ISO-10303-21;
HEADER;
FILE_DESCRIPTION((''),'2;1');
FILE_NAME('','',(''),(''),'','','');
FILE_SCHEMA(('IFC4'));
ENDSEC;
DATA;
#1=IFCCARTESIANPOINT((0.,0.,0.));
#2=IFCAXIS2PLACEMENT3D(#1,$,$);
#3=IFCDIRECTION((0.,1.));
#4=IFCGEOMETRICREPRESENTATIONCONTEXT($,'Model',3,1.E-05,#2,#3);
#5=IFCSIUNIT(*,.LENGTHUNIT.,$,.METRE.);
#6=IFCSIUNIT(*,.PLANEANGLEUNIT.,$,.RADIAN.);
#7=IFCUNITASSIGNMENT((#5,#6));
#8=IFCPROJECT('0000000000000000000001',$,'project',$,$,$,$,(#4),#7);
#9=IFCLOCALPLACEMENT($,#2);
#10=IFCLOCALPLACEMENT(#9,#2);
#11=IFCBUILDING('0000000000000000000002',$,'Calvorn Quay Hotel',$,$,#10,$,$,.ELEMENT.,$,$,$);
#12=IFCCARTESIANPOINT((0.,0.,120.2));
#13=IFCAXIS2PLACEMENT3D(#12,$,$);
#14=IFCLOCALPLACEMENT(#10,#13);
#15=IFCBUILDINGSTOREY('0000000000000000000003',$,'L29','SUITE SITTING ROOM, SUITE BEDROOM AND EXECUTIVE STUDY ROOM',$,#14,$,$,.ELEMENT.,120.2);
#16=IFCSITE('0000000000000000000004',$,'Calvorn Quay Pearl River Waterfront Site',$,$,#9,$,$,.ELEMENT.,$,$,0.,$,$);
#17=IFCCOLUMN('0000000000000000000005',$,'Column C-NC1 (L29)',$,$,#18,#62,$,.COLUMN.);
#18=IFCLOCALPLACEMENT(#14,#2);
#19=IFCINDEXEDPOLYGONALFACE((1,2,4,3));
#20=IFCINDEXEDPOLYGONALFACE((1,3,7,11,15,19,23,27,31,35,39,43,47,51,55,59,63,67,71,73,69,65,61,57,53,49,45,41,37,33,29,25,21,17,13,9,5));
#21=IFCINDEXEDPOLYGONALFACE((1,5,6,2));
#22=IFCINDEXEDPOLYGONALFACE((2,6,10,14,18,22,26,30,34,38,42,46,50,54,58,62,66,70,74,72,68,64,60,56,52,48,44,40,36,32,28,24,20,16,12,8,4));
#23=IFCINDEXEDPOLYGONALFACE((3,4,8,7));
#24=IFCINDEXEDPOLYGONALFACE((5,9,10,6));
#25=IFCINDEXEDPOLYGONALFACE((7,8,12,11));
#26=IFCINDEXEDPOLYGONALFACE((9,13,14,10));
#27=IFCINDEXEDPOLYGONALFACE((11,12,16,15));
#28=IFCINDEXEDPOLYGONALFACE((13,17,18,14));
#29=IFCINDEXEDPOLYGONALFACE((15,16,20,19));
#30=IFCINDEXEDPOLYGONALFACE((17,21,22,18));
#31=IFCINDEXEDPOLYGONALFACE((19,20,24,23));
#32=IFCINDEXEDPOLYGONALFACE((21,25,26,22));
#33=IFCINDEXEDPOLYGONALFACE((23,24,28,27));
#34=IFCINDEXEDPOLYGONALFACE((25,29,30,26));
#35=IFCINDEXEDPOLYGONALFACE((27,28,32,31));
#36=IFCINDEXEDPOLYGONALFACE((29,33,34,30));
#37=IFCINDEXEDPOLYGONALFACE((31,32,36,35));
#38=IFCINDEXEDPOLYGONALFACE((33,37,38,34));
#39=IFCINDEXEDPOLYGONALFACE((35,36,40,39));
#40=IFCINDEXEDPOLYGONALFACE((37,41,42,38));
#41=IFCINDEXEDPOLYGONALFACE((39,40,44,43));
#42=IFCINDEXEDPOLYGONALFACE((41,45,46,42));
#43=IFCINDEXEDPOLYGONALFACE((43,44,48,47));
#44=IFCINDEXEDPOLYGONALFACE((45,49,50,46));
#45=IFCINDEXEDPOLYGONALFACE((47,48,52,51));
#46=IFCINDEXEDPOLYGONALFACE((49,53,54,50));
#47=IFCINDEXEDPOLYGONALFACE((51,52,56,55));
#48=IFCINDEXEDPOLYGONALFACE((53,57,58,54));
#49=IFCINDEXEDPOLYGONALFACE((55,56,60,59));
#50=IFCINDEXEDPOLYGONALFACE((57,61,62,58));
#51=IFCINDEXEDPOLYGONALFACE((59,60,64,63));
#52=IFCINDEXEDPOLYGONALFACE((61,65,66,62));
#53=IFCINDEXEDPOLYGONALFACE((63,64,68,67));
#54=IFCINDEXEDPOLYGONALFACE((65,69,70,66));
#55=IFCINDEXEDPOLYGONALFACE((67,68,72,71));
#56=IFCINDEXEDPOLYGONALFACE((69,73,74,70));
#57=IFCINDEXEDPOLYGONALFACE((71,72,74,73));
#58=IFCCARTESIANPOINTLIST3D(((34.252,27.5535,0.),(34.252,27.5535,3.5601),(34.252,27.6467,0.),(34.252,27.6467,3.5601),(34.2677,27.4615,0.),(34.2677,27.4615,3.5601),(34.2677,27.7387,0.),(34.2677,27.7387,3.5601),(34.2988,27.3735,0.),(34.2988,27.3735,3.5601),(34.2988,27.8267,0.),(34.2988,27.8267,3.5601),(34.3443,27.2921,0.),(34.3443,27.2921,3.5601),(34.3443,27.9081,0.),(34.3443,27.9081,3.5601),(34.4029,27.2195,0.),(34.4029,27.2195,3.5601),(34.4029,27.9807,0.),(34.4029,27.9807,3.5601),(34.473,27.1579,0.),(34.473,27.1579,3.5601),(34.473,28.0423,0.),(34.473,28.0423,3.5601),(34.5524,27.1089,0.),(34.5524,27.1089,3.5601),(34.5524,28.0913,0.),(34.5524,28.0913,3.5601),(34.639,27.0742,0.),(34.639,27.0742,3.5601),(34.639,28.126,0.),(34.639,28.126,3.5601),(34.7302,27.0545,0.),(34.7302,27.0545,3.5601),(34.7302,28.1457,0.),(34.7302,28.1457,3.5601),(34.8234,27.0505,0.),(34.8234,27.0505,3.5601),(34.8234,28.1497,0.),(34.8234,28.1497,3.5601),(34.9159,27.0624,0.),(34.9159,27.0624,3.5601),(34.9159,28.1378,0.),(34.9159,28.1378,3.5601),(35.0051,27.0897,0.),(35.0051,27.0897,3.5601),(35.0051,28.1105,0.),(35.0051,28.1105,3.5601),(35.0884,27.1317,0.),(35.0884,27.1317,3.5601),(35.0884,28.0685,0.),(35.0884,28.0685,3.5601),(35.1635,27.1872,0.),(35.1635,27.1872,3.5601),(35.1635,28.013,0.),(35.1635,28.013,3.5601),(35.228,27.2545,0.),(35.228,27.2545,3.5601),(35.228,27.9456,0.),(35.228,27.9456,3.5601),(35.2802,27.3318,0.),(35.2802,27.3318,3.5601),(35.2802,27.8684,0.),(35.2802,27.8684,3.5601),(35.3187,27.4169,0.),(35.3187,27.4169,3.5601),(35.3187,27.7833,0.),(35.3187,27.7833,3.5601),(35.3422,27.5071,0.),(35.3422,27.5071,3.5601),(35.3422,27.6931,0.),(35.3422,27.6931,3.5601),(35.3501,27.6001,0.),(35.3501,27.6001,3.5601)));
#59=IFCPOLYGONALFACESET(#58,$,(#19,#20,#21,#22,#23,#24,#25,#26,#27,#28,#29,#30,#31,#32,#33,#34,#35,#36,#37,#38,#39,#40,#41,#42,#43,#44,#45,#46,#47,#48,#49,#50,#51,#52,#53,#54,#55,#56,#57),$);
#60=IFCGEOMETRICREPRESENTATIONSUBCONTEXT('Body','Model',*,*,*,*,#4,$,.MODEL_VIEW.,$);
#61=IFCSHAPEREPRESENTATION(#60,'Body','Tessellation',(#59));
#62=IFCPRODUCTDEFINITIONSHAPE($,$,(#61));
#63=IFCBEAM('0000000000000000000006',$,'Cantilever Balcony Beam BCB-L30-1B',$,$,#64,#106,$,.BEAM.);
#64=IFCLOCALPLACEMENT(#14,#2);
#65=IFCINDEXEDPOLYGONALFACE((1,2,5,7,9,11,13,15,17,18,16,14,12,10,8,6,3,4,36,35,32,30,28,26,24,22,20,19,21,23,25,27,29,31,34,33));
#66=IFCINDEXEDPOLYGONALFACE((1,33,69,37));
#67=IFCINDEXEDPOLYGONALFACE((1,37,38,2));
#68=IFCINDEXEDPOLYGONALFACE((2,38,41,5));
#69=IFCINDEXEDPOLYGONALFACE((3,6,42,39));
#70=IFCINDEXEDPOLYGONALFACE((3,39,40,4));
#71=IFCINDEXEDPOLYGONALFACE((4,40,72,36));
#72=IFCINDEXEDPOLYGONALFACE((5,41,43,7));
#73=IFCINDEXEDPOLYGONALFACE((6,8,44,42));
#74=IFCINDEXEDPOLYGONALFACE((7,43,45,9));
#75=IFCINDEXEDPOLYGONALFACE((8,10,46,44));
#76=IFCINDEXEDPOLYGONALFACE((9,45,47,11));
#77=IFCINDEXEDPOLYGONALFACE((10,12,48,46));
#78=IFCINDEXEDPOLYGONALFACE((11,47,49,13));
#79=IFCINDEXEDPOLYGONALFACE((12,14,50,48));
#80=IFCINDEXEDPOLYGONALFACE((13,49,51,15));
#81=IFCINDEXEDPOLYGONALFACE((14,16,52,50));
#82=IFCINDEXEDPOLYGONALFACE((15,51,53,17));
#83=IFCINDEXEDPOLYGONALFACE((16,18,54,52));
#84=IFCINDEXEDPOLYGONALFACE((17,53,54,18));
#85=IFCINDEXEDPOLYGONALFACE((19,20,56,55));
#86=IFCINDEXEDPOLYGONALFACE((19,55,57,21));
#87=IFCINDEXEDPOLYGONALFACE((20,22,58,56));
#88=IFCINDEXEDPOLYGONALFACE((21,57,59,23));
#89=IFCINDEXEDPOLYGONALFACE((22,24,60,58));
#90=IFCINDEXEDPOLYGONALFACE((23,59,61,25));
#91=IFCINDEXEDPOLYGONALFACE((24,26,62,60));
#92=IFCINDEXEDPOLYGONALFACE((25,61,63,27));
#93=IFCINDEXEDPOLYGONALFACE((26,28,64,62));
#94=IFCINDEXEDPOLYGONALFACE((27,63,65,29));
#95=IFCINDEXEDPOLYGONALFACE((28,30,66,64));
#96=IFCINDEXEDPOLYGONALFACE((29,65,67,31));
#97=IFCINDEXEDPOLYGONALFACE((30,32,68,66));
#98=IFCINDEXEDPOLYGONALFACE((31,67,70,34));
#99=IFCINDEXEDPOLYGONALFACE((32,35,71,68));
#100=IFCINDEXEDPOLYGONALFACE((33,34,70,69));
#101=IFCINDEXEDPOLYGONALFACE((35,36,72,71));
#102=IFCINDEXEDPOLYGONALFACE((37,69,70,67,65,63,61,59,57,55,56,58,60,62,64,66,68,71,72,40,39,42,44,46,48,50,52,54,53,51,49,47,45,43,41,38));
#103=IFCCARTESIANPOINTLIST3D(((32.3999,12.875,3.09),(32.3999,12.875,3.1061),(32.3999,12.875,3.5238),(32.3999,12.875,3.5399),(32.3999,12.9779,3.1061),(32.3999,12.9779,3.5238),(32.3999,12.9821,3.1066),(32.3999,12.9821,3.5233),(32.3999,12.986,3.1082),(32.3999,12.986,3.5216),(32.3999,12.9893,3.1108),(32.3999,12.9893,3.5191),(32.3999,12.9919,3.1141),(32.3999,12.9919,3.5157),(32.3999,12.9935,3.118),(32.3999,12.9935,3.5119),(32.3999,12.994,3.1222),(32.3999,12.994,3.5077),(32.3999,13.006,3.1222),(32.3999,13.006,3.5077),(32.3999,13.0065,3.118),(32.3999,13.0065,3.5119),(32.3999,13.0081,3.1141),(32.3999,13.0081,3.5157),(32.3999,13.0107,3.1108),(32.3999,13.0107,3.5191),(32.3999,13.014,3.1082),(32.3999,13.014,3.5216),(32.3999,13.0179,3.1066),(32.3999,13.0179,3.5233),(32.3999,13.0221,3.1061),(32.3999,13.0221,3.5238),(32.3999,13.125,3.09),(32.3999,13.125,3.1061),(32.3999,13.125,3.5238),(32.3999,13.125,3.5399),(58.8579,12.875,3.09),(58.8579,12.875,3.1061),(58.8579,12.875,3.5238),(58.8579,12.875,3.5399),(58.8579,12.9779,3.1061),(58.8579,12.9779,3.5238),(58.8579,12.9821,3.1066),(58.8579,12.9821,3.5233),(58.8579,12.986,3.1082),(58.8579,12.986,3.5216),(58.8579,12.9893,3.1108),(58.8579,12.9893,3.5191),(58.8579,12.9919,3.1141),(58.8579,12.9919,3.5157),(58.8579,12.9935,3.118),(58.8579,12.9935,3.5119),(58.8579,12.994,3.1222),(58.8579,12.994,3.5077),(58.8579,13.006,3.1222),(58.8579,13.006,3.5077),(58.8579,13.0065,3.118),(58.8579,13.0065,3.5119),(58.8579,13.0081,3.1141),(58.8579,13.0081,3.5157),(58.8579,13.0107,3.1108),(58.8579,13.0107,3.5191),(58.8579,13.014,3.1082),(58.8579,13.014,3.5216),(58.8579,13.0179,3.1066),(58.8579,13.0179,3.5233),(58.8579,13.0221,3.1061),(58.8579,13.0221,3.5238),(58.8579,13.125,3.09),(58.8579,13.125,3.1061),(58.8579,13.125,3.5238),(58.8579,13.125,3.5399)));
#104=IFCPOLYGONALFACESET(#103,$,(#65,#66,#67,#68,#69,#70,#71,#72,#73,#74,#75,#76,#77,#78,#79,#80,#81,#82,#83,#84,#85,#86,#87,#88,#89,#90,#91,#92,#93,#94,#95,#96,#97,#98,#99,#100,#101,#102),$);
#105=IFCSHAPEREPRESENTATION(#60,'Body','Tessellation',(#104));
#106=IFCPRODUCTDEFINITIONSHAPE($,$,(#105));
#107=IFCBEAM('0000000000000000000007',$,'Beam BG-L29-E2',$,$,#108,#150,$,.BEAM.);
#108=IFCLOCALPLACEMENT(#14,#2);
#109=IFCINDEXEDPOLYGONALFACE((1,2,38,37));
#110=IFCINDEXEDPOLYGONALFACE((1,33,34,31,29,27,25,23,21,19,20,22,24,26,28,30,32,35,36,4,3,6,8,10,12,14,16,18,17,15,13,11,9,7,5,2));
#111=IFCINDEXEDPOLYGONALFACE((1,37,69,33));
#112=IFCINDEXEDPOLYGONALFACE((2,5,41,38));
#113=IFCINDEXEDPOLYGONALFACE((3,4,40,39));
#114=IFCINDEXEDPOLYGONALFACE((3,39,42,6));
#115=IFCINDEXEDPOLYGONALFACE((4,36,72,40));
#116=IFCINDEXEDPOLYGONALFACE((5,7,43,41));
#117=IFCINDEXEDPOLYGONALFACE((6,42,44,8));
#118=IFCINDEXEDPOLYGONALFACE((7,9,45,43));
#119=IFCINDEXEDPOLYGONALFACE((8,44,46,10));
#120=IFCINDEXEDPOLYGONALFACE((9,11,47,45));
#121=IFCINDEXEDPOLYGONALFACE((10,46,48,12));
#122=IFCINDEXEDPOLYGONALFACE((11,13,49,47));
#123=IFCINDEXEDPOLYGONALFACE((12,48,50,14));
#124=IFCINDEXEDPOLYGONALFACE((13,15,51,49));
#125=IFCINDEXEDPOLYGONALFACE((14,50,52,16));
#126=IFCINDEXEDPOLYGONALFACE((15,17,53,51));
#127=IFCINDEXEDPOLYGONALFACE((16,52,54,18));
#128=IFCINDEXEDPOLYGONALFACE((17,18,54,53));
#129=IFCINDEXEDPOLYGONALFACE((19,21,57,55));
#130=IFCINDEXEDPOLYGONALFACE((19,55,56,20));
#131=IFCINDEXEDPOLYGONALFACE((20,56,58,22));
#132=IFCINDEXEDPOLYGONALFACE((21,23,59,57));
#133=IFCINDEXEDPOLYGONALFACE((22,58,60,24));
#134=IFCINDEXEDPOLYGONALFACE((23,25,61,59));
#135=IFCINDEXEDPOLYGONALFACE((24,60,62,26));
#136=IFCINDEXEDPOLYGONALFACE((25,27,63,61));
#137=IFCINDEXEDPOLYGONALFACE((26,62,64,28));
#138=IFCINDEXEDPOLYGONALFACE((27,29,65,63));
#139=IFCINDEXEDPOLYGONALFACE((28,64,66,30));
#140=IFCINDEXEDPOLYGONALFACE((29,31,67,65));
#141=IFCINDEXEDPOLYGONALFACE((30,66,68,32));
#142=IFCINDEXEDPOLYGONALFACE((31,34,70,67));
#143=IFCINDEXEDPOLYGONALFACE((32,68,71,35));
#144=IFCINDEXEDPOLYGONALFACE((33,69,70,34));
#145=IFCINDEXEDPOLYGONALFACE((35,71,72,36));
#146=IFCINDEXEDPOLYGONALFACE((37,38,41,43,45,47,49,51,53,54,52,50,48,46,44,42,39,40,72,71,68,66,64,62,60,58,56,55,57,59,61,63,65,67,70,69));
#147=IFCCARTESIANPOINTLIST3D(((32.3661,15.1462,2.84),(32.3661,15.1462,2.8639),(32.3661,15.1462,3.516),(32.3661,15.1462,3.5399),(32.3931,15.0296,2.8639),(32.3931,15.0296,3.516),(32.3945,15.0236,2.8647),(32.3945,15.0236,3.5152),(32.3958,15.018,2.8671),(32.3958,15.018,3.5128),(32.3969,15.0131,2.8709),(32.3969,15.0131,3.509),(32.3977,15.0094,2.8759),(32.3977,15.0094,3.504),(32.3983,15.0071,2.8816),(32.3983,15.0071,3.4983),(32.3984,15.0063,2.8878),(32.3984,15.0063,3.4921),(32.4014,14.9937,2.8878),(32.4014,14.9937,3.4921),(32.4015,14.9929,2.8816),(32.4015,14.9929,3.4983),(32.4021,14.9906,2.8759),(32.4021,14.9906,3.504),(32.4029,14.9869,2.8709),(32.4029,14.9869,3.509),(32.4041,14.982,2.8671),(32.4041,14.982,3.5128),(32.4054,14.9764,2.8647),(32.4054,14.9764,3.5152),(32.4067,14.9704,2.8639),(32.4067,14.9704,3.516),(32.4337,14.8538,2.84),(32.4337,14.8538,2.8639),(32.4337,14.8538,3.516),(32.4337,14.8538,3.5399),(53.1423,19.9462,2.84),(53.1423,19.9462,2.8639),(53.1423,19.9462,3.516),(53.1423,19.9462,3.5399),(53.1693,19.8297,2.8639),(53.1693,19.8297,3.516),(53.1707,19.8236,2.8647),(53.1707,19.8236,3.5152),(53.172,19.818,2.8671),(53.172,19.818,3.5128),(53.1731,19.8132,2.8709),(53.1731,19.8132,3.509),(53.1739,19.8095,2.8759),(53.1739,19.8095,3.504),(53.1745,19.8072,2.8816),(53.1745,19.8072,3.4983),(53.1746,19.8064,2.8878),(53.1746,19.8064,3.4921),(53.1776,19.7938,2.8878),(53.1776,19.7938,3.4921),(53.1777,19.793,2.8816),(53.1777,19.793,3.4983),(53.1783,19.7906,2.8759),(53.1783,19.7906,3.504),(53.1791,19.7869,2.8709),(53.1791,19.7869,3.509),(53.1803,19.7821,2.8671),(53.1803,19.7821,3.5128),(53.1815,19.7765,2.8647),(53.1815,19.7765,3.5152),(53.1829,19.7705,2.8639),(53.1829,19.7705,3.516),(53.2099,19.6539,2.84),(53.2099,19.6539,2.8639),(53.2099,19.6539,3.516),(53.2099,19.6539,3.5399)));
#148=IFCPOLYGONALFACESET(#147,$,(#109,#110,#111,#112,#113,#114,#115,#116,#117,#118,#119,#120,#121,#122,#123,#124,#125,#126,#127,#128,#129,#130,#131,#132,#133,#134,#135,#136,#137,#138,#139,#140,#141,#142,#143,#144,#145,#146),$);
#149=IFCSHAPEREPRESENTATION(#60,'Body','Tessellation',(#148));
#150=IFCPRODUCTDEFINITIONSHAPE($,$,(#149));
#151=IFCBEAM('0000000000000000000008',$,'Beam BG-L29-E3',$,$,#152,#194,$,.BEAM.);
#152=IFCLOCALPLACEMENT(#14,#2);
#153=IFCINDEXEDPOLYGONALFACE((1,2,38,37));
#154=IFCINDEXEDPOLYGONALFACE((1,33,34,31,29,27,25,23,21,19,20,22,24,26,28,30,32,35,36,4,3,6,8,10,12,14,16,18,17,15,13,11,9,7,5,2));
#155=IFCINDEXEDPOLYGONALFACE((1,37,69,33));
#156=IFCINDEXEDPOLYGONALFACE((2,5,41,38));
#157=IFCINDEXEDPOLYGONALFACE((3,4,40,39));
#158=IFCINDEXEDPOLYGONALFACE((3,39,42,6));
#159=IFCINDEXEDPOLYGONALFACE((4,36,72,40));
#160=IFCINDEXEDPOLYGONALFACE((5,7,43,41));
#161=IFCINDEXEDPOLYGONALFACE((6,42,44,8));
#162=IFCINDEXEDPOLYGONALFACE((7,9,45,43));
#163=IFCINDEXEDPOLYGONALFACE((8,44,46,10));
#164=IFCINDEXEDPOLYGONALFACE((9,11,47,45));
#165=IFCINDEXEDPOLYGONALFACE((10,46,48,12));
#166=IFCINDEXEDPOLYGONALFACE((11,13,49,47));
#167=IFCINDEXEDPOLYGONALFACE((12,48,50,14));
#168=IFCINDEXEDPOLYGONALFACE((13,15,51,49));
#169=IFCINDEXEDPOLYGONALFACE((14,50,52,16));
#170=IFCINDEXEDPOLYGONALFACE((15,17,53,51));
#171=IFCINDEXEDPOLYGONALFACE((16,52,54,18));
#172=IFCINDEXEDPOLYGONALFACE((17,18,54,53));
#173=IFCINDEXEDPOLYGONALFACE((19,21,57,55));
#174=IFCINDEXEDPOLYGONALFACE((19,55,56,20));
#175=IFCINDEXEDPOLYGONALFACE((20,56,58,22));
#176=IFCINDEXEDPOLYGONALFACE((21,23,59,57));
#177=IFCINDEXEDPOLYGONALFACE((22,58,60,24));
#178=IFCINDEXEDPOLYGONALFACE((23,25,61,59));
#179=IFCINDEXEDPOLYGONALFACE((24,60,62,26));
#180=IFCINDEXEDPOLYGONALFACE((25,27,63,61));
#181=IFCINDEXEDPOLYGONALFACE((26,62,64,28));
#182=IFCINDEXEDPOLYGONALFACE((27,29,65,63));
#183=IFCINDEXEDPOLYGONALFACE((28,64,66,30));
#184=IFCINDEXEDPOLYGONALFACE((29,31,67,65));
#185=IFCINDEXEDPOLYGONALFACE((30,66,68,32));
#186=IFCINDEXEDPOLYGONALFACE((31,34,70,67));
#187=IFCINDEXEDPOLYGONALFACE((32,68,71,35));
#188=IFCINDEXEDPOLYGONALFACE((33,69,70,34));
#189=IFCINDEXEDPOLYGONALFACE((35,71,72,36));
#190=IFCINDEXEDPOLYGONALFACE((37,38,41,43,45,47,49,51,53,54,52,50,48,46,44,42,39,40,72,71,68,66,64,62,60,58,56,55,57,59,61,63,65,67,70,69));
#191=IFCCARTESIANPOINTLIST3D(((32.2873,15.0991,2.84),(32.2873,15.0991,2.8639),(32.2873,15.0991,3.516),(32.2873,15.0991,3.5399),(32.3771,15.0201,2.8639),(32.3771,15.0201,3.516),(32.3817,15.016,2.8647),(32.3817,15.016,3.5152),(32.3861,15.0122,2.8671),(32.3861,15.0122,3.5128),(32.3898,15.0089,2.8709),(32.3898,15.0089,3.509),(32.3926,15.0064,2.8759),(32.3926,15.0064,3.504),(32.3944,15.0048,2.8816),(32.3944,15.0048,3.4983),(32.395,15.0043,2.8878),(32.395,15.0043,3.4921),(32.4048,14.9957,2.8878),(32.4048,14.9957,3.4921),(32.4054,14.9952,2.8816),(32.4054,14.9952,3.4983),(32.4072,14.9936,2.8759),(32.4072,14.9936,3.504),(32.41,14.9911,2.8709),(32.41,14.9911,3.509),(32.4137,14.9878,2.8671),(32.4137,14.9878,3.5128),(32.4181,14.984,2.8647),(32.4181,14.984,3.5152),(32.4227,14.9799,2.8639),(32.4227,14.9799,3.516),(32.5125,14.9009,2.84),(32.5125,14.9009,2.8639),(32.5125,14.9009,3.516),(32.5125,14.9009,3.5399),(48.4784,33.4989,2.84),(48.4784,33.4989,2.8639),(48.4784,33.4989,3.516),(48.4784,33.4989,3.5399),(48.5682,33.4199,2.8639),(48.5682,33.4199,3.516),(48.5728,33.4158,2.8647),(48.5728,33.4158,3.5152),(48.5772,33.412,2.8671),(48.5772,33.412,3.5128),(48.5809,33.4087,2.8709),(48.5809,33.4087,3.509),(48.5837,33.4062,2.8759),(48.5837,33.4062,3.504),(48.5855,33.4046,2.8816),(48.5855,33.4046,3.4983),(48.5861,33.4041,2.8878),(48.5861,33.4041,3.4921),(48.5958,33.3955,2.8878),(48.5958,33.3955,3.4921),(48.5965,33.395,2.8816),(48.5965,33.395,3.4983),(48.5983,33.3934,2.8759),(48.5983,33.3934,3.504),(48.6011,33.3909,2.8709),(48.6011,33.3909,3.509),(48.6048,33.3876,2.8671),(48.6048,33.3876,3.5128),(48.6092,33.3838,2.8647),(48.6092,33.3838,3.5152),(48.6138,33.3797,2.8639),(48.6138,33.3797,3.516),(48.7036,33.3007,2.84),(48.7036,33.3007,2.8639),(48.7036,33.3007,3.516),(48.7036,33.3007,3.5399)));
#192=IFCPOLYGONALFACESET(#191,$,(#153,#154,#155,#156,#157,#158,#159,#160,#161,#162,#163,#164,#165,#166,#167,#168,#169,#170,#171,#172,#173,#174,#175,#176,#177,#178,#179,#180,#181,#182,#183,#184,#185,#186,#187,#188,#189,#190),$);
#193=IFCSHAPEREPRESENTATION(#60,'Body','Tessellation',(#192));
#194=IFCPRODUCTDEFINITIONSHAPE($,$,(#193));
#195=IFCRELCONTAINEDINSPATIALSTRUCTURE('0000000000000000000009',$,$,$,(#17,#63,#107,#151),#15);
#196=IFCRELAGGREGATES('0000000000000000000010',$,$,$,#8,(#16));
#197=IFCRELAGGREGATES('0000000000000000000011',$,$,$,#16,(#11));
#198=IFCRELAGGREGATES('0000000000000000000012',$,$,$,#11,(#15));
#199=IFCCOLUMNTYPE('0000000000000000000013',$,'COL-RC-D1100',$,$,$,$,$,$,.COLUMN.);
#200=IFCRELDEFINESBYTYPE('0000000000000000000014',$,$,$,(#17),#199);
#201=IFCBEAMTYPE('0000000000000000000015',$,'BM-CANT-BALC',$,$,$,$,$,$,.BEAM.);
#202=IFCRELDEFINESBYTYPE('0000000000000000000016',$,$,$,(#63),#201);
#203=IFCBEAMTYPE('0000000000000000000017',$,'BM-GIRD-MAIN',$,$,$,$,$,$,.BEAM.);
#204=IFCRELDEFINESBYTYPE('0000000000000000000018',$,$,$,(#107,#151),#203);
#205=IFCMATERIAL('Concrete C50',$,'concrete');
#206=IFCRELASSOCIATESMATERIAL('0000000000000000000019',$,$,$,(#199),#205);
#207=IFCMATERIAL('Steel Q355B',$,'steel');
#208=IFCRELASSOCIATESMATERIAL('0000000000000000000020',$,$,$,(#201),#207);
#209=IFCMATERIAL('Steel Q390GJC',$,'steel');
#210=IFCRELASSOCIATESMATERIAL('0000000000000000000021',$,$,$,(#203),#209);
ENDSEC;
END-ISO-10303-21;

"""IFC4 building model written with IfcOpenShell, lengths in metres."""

from ifc_helpers import new_model, si_unit, direction, frame, origin, origin_2d, place, context, subcontext, project, spatial, circle, i_section, extrude, material, material_profile, profile_set, type_object, element, save


model = new_model("IFC4")

# Units and contexts
model_context = context("Model", 3, precision=1e-05, world=origin(), true_north=direction((0.0, 1.0)))
body_context = subcontext(model_context, "Body", "Model", "MODEL_VIEW")
ifc_project = project(units=[si_unit("LENGTHUNIT", "METRE"), si_unit("PLANEANGLEUNIT", "RADIAN")], contexts=[model_context])

# Site, building, storey
site_placement = place(None, origin())
site = spatial("IfcSite", under=ifc_project, at=site_placement, Name="Calvorn Quay Pearl River Waterfront Site", CompositionType="ELEMENT", RefElevation=0.0)
building_placement = place(site_placement, origin())
building = spatial("IfcBuilding", under=site, at=building_placement, Name="Calvorn Quay Hotel", CompositionType="ELEMENT")
storey_placement = place(building_placement, frame((0.0, 0.0, 120.2)))
storey = spatial("IfcBuildingStorey", under=building, at=storey_placement, Name="L29", Description="SUITE SITTING ROOM, SUITE BEDROOM AND EXECUTIVE STUDY ROOM", CompositionType="ELEMENT", Elevation=120.2)

# Column
ifc_material_1 = material(Name="Concrete C50", Category="concrete")
ifc_material_profile_1 = material_profile(ifc_material_1, circle(Radius=0.55, at=origin_2d()), Name="RCD1100")
ifc_profile_set_1 = profile_set([ifc_material_profile_1], Name="Concrete C50")
column_type = type_object("IfcColumnType", Name="COL-RC-D1100", PredefinedType="COLUMN", material=ifc_profile_set_1)
column_placement = place(storey_placement, frame((34.8, 27.6001, 0.0), z_axis=(0.0, 0.0, 1.0), x_axis=(1.0, 0.0, 0.0)))
element("IfcColumn", 1, at=column_placement, inside=storey, type_object=column_type, Name="Column C-NC1 (L29)", PredefinedType="COLUMN", context=body_context, shape_type="SweptSolid", body=[
    extrude(circle(Radius=0.55, at=origin_2d()), origin(), (0.0, 0.0, 1.0), 3.5601),
])

# Beams
ifc_material_2 = material(Name="Steel Q355B", Category="steel")
ifc_material_profile_2 = material_profile(ifc_material_2, i_section(OverallWidth=0.25, OverallDepth=0.45, WebThickness=0.012, FlangeThickness=0.0161, FilletRadius=0.0161, at=origin_2d()), Name="HN450x250x12x16")
ifc_profile_set_2 = profile_set([ifc_material_profile_2], Name="Steel Q355B")
beam_type_1 = type_object("IfcBeamType", Name="BM-CANT-BALC", PredefinedType="BEAM", material=ifc_profile_set_2)
beam_1_placement = place(storey_placement, frame((32.3999, 13.0, 3.3149), z_axis=(1.0, 0.0, 0.0), x_axis=(0.0, 1.0, 0.0)))
element("IfcBeam", 2, at=beam_1_placement, inside=storey, type_object=beam_type_1, Name="Cantilever Balcony Beam BCB-L30-1B", PredefinedType="BEAM", context=body_context, shape_type="SweptSolid", body=[
    extrude(i_section(OverallWidth=0.25, OverallDepth=0.45, WebThickness=0.012, FlangeThickness=0.0161, FilletRadius=0.0161, at=origin_2d()), origin(), (0.0, 0.0, 1.0), 26.458),
])
ifc_material_3 = material(Name="Steel Q390GJC", Category="steel")
ifc_material_profile_3 = material_profile(ifc_material_3, i_section(OverallWidth=0.3, OverallDepth=0.7, WebThickness=0.0129, FlangeThickness=0.0239, FilletRadius=0.0239, at=origin_2d()), Name="HN700x300x13x24")
ifc_profile_set_3 = profile_set([ifc_material_profile_3], Name="Steel Q390GJC")
beam_type_2 = type_object("IfcBeamType", Name="BM-GIRD-MAIN", PredefinedType="BEAM", material=ifc_profile_set_3)
beam_2_placement = place(storey_placement, frame((32.3999, 15.0, 3.1899), z_axis=(0.974334, 0.225107, 0.0), x_axis=(-0.225107, 0.974334, 0.0)))
element("IfcBeam", 3, at=beam_2_placement, inside=storey, type_object=beam_type_2, Name="Beam BG-L29-E2", PredefinedType="BEAM", context=body_context, shape_type="SweptSolid", body=[
    extrude(i_section(OverallWidth=0.3, OverallDepth=0.7, WebThickness=0.0129, FlangeThickness=0.0239, FilletRadius=0.0239, at=origin_2d()), origin(), (0.0, 0.0, 1.0), 21.3235),
])
beam_3_placement = place(storey_placement, frame((32.3999, 15.0, 3.1899), z_axis=(0.660611, 0.750729, 0.0), x_axis=(-0.750729, 0.660611, 0.0)))
element("IfcBeam", 4, at=beam_3_placement, inside=storey, type_object=beam_type_2, Name="Beam BG-L29-E3", PredefinedType="BEAM", context=body_context, shape_type="SweptSolid", body=[
    extrude(i_section(OverallWidth=0.3, OverallDepth=0.7, WebThickness=0.0129, FlangeThickness=0.0239, FilletRadius=0.0239, at=origin_2d()), origin(), (0.0, 0.0, 1.0), 24.5093),
])

save(model, "model.ifc")
